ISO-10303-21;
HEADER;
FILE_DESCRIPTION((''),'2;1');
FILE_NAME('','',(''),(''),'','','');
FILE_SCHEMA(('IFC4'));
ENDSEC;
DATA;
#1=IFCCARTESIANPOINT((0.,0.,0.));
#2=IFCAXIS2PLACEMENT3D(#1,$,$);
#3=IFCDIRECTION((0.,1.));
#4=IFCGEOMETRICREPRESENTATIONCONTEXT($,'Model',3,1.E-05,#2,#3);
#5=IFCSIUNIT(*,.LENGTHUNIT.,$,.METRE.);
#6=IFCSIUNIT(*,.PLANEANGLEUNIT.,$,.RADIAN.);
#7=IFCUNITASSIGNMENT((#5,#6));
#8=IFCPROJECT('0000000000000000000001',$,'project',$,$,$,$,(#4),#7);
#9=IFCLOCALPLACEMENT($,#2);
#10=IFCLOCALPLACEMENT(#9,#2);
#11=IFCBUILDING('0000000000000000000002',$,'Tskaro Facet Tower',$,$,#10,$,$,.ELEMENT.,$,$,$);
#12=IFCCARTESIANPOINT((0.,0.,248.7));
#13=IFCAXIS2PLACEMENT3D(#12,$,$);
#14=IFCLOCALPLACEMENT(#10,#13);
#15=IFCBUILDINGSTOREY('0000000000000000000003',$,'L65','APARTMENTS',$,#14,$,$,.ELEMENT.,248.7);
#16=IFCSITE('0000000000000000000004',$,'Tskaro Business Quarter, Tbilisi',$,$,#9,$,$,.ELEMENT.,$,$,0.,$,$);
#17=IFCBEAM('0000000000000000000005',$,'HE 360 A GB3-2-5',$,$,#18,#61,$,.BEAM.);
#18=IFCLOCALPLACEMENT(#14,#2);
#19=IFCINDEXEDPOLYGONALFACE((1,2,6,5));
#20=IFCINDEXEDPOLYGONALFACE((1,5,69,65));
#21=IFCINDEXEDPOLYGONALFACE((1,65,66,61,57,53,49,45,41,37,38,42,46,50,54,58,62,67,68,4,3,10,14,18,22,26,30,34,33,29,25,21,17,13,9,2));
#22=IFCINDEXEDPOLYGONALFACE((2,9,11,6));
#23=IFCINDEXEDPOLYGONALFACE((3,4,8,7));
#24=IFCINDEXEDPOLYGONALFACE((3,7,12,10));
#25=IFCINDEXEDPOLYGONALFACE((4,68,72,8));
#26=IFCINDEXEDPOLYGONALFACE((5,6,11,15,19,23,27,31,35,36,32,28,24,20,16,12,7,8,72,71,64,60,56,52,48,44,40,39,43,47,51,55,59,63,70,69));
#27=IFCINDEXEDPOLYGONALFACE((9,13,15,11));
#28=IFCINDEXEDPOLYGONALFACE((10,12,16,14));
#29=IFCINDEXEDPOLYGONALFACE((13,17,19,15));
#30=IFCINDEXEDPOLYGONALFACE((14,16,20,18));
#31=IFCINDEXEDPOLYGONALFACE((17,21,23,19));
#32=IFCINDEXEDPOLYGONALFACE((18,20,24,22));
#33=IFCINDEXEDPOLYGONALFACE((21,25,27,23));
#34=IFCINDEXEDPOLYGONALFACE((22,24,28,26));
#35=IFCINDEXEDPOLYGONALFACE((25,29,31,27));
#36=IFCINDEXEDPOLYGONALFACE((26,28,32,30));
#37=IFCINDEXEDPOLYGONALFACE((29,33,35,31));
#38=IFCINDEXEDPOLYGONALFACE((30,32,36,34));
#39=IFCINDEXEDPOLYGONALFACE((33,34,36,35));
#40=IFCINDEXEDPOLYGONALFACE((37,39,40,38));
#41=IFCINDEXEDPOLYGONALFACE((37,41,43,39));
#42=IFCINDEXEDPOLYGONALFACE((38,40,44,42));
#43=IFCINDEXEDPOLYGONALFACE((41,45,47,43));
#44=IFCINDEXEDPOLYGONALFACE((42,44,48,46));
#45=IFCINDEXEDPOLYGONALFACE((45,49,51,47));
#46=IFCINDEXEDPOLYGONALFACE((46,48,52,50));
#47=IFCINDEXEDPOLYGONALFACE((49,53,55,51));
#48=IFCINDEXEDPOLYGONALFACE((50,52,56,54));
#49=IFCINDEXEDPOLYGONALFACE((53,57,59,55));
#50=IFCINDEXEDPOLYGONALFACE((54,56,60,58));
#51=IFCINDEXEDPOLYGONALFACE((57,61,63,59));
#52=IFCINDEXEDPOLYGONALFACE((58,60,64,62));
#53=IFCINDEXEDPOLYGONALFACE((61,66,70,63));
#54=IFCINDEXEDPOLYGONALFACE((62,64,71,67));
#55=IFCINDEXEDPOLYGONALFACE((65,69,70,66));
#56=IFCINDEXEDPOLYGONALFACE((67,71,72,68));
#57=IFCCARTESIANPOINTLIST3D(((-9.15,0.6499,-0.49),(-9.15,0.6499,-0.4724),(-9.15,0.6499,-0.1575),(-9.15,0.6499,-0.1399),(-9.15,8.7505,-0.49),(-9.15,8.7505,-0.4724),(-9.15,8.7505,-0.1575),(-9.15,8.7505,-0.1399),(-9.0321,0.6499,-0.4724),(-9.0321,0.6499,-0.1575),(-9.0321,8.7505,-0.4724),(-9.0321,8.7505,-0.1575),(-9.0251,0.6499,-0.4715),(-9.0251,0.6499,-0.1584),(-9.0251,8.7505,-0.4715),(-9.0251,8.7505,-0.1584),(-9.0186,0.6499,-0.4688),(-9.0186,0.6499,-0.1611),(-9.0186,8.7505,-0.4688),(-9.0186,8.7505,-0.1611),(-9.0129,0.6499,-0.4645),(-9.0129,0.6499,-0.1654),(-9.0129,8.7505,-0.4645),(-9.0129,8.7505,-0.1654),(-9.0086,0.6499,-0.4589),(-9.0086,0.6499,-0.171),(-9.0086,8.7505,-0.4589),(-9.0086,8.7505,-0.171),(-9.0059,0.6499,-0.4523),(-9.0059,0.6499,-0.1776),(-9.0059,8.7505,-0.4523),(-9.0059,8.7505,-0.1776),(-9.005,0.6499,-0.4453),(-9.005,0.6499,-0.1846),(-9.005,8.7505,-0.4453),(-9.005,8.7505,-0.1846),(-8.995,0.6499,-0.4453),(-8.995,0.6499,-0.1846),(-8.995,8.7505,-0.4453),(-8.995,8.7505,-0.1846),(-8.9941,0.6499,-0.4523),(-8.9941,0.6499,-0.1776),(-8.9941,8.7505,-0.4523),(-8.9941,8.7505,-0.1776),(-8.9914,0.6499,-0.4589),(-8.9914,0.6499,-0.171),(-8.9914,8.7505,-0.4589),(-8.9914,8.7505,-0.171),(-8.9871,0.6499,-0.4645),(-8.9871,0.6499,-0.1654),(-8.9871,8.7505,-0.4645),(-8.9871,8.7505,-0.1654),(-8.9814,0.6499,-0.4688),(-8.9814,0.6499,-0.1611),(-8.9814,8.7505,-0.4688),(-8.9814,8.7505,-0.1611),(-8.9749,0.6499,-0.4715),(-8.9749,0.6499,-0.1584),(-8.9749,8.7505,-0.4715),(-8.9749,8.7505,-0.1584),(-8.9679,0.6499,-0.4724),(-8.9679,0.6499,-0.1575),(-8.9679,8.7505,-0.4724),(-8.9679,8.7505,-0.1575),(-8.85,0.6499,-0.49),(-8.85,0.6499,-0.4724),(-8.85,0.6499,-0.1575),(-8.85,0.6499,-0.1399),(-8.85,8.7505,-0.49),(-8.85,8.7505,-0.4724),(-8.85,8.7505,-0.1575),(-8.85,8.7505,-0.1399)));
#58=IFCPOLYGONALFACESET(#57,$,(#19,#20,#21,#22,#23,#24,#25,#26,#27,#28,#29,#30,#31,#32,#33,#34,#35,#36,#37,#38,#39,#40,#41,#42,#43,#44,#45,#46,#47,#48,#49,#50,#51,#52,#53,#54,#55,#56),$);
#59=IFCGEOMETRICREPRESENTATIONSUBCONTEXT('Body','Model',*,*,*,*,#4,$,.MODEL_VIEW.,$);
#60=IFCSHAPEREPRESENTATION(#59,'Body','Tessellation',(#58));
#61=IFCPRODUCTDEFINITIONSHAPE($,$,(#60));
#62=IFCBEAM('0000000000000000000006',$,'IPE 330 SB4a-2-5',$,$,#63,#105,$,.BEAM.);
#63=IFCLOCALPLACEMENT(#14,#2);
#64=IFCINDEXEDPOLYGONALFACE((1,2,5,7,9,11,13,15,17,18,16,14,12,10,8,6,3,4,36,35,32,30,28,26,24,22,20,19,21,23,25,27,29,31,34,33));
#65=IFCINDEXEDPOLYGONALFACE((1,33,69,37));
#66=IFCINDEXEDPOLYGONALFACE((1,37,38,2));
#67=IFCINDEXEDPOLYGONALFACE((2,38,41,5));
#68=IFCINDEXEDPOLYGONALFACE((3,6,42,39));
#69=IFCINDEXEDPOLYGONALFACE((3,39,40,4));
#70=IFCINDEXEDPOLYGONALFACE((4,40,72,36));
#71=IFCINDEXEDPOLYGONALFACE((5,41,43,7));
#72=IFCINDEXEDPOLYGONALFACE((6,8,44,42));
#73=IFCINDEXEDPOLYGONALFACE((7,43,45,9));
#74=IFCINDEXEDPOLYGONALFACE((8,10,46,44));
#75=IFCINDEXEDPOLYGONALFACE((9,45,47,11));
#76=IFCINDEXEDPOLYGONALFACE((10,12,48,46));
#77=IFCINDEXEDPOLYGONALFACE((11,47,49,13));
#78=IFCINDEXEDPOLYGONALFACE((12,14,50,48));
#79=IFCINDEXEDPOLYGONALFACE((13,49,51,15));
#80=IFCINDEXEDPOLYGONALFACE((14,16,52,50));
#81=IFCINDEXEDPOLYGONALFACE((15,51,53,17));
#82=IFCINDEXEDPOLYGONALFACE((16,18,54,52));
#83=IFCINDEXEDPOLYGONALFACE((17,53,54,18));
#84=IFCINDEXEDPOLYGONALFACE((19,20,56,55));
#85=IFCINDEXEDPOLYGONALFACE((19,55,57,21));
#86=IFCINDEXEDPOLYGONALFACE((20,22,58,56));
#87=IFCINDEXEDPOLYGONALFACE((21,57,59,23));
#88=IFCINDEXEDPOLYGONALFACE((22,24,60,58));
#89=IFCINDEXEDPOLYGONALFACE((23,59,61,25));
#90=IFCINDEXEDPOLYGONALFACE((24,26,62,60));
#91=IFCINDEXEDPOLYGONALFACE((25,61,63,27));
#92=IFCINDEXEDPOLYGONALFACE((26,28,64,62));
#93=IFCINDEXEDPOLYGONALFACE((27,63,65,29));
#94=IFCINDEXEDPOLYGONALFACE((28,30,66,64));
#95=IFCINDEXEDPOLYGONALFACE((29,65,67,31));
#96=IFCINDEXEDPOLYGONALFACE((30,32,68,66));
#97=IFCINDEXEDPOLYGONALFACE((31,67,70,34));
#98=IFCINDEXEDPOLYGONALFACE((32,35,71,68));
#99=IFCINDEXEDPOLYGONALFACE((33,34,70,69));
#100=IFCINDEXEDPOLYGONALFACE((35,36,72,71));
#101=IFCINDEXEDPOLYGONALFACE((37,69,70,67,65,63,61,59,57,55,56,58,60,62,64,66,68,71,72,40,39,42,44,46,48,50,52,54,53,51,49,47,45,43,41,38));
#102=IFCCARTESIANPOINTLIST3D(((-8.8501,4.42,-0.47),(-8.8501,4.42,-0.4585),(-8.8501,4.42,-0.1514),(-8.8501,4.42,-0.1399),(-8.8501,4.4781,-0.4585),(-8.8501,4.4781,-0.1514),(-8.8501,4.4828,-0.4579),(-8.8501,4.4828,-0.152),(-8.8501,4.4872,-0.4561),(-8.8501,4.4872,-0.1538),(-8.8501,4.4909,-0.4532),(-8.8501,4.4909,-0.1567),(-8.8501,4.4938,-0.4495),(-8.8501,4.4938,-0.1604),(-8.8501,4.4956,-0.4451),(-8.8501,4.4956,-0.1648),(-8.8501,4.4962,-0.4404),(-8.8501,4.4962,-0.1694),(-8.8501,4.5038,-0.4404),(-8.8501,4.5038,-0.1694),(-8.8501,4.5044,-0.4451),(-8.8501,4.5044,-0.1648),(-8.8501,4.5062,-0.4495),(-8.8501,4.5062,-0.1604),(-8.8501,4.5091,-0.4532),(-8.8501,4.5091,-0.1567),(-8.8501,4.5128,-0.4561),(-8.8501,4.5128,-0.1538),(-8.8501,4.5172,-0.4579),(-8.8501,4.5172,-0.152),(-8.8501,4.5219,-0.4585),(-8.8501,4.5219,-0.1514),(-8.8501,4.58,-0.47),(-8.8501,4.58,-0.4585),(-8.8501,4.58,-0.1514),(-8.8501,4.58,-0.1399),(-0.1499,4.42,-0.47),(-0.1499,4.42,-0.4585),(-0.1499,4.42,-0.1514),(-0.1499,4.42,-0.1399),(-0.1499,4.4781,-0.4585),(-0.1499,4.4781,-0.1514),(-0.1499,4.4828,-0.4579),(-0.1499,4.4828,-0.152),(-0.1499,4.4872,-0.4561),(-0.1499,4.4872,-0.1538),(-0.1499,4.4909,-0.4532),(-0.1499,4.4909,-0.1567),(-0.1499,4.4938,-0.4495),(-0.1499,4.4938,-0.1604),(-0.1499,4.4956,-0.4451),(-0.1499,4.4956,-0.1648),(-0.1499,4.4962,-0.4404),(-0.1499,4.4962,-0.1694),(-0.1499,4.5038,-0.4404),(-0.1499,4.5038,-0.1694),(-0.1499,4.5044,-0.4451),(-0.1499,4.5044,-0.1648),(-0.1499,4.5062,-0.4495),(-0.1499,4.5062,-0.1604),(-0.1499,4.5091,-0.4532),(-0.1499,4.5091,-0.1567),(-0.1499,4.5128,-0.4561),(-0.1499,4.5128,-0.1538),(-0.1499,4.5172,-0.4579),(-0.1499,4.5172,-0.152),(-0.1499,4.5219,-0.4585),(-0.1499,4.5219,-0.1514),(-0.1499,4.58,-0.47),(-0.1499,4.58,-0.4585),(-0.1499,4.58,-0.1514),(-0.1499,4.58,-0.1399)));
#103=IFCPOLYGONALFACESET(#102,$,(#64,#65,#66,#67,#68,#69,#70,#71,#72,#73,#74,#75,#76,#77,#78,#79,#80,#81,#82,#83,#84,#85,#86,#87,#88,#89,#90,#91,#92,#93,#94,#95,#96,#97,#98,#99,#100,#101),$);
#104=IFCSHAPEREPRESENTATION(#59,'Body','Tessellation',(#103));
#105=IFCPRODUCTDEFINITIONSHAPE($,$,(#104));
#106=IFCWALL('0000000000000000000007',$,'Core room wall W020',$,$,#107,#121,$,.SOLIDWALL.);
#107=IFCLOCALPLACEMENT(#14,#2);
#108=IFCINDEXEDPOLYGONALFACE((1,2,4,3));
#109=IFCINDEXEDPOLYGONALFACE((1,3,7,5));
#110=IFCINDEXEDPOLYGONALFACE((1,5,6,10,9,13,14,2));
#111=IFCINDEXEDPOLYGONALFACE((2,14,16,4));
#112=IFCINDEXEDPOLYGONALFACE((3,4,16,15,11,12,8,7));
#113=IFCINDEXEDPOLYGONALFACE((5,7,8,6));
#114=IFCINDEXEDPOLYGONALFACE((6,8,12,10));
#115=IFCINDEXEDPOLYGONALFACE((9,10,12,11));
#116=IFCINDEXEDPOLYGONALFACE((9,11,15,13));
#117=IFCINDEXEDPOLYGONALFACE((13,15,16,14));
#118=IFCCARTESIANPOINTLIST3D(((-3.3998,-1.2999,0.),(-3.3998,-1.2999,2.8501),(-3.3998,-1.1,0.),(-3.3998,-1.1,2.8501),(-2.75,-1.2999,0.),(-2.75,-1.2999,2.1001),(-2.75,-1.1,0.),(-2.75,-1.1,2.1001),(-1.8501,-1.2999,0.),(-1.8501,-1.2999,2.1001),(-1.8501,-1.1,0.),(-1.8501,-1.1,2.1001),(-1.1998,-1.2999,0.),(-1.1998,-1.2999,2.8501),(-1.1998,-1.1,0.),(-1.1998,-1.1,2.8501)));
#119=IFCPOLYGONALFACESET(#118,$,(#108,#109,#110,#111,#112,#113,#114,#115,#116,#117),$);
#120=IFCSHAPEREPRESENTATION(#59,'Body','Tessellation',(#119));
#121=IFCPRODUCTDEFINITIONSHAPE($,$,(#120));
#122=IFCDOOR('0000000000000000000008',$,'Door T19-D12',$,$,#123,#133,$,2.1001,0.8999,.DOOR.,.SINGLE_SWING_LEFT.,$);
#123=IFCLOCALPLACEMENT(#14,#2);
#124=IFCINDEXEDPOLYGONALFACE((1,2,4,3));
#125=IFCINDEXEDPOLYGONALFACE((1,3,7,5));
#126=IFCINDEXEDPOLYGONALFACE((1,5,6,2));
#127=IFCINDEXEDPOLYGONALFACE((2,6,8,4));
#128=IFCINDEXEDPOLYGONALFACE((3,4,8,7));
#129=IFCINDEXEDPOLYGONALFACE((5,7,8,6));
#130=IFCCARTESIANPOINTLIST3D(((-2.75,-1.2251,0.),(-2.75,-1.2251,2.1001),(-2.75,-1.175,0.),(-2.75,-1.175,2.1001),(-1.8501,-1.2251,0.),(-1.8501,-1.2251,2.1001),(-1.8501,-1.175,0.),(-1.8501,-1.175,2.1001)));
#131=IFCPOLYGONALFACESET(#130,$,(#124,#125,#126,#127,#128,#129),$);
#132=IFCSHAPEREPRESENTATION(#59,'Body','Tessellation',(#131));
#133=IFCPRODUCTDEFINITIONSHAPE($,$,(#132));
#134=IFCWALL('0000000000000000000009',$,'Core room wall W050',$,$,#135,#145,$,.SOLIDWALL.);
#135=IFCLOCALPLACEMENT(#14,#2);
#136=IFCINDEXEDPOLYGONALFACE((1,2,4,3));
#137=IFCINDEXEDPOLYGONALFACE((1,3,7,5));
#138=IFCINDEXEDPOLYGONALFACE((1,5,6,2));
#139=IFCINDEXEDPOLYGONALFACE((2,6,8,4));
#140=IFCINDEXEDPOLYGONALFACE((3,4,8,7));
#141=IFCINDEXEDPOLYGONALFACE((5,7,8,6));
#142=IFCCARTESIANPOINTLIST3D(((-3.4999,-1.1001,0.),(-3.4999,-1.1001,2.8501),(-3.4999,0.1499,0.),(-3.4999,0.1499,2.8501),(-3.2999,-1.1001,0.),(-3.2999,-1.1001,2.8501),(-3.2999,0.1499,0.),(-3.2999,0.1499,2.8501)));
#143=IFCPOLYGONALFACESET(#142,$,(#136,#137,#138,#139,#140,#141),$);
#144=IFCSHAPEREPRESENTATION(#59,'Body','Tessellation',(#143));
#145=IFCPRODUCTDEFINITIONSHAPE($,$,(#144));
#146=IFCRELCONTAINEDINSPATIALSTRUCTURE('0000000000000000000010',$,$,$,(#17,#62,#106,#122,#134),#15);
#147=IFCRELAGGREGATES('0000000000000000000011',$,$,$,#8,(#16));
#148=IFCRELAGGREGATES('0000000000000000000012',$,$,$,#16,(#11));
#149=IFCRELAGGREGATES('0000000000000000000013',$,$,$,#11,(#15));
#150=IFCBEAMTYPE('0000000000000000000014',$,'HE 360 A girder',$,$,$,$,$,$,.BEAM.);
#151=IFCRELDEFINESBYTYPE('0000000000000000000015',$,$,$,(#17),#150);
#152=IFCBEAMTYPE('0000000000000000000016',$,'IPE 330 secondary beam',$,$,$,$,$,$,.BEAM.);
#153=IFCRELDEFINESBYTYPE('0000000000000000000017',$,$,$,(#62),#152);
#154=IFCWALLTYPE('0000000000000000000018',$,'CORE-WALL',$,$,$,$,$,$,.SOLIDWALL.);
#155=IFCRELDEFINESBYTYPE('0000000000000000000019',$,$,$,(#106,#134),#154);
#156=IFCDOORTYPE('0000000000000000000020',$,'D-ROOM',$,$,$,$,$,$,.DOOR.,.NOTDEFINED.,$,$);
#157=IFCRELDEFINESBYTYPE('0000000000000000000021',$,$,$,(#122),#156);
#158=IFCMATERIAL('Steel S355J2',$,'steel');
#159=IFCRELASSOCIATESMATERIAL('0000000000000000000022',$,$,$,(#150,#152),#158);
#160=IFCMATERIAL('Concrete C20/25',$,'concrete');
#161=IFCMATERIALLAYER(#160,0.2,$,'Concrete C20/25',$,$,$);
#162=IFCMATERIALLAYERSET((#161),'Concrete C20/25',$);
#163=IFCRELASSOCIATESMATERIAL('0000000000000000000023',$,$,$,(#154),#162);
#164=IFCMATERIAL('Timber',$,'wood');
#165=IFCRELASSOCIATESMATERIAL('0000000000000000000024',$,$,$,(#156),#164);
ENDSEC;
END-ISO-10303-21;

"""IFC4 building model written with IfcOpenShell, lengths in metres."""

from ifc_helpers import new_model, si_unit, direction, frame, frame_2d, origin, origin_2d, place, context, subcontext, project, spatial, rectangle, i_section, extrude, material, layer, layer_set, material_profile, profile_set, type_object, element, fill, save


model = new_model("IFC4")

# Units and contexts
model_context = context("Model", 3, precision=1e-05, world=origin(), true_north=direction((0.0, 1.0)))
body_context = subcontext(model_context, "Body", "Model", "MODEL_VIEW")
ifc_project = project(units=[si_unit("LENGTHUNIT", "METRE"), si_unit("PLANEANGLEUNIT", "RADIAN")], contexts=[model_context])

# Site, building, storey
site_placement = place(None, origin())
site = spatial("IfcSite", under=ifc_project, at=site_placement, Name="Tskaro Business Quarter, Tbilisi", CompositionType="ELEMENT", RefElevation=0.0)
building_placement = place(site_placement, origin())
building = spatial("IfcBuilding", under=site, at=building_placement, Name="Tskaro Facet Tower", CompositionType="ELEMENT")
storey_placement = place(building_placement, frame((0.0, 0.0, 248.7)))
storey = spatial("IfcBuildingStorey", under=building, at=storey_placement, Name="L65", Description="APARTMENTS", CompositionType="ELEMENT", Elevation=248.7)

# Beams
ifc_material_1 = material(Name="Steel S355J2", Category="steel")
ifc_material_profile_1 = material_profile(ifc_material_1, i_section(OverallWidth=0.3, OverallDepth=0.3501, WebThickness=0.01, FlangeThickness=0.0176, FilletRadius=0.0271, at=origin_2d()), Name="HE 360 A")
ifc_profile_set_1 = profile_set([ifc_material_profile_1], Name="Steel S355J2")
beam_type_1 = type_object("IfcBeamType", Name="HE 360 A girder", PredefinedType="BEAM", material=ifc_profile_set_1)
beam_1_placement = place(storey_placement, frame((-9.0, 0.6499, -0.3149), z_axis=(0.0, 1.0, 0.0), x_axis=(-1.0, 0.0, 0.0)))
element("IfcBeam", 1, at=beam_1_placement, inside=storey, type_object=beam_type_1, Name="HE 360 A GB3-2-5", PredefinedType="BEAM", context=body_context, shape_type="SweptSolid", body=[
    extrude(i_section(OverallWidth=0.3, OverallDepth=0.3501, WebThickness=0.01, FlangeThickness=0.0176, FilletRadius=0.0271, at=origin_2d()), origin(), (0.0, 0.0, 1.0), 8.1006),
])
ifc_material_profile_2 = material_profile(ifc_material_1, i_section(OverallWidth=0.1599, OverallDepth=0.3301, WebThickness=0.0076, FlangeThickness=0.0115, FilletRadius=0.0181, at=origin_2d()), Name="IPE 330")
ifc_profile_set_2 = profile_set([ifc_material_profile_2], Name="Steel S355J2")
beam_type_2 = type_object("IfcBeamType", Name="IPE 330 secondary beam", PredefinedType="BEAM", material=ifc_profile_set_2)
beam_2_placement = place(storey_placement, frame((-8.8501, 4.5, -0.3049), z_axis=(1.0, 0.0, 0.0), x_axis=(0.0, 1.0, 0.0)))
element("IfcBeam", 2, at=beam_2_placement, inside=storey, type_object=beam_type_2, Name="IPE 330 SB4a-2-5", PredefinedType="BEAM", context=body_context, shape_type="SweptSolid", body=[
    extrude(i_section(OverallWidth=0.1599, OverallDepth=0.3301, WebThickness=0.0076, FlangeThickness=0.0115, FilletRadius=0.0181, at=origin_2d()), origin(), (0.0, 0.0, 1.0), 8.7002),
])

# Wall, opening, door
ifc_material_2 = material(Name="Concrete C20/25", Category="concrete")
ifc_layer_1 = layer(ifc_material_2, 0.2, Name="Concrete C20/25")
ifc_layer_set_1 = layer_set([ifc_layer_1], Name="Concrete C20/25")
wall_type_1 = type_object("IfcWallType", Name="CORE-WALL", PredefinedType="SOLIDWALL", material=ifc_layer_set_1)
wall_1_placement = place(storey_placement, frame((-3.3999, -1.2, 0.0), z_axis=(0.0, 0.0, 1.0), x_axis=(1.0, 0.0, 0.0)))
wall_1 = element("IfcWall", 3, at=wall_1_placement, inside=storey, type_object=wall_type_1, Name="Core room wall W020", PredefinedType="SOLIDWALL", context=body_context, shape_type="SweptSolid", body=[
    extrude(rectangle(XDim=2.2, YDim=0.2, at=frame_2d((1.1001, 0.0))), origin(), (0.0, 0.0, 1.0), 2.8501),
])
opening_1_placement = place(wall_1_placement, frame((0.6499, 0.0, 0.0)))
opening_1 = element("IfcOpeningElement", 4, at=opening_1_placement, cuts=wall_1, PredefinedType="OPENING", context=body_context, shape_type="SweptSolid", body=[
    extrude(rectangle(XDim=0.8999, YDim=2.1001, at=frame_2d((0.45, 1.05))), frame((0.0, 0.1099, 0.0), z_axis=(0.0, -1.0, 0.0), x_axis=(1.0, 0.0, 0.0)), (0.0, 0.0, 1.0), 0.22),
])
ifc_material_3 = material(Name="Timber", Category="wood")
door_type_1 = type_object("IfcDoorType", Name="D-ROOM", OperationType="NOTDEFINED", PredefinedType="DOOR", material=ifc_material_3)
door_1_placement = place(opening_1_placement, origin())
door_1 = element("IfcDoor", 5, at=door_1_placement, inside=storey, type_object=door_type_1, Name="Door T19-D12", OperationType="SINGLE_SWING_LEFT", OverallHeight=2.1001, OverallWidth=0.8999, PredefinedType="DOOR", context=body_context, shape_type="SweptSolid", body=[
    extrude(rectangle(XDim=0.8999, YDim=2.1001, at=frame_2d((0.45, 1.05))), frame((0.0, 0.0249, 0.0), z_axis=(0.0, -1.0, 0.0), x_axis=(1.0, 0.0, 0.0)), (0.0, 0.0, 1.0), 0.05),
])
fill(opening_1, door_1)

# Wall
wall_2_placement = place(storey_placement, frame((-3.3999, -1.1001, 0.0), z_axis=(0.0, 0.0, 1.0), x_axis=(0.0, 1.0, 0.0)))
element("IfcWall", 6, at=wall_2_placement, inside=storey, type_object=wall_type_1, Name="Core room wall W050", PredefinedType="SOLIDWALL", context=body_context, shape_type="SweptSolid", body=[
    extrude(rectangle(XDim=1.25, YDim=0.2, at=frame_2d((0.625, 0.0))), origin(), (0.0, 0.0, 1.0), 2.8501),
])

save(model, "model.ifc")
